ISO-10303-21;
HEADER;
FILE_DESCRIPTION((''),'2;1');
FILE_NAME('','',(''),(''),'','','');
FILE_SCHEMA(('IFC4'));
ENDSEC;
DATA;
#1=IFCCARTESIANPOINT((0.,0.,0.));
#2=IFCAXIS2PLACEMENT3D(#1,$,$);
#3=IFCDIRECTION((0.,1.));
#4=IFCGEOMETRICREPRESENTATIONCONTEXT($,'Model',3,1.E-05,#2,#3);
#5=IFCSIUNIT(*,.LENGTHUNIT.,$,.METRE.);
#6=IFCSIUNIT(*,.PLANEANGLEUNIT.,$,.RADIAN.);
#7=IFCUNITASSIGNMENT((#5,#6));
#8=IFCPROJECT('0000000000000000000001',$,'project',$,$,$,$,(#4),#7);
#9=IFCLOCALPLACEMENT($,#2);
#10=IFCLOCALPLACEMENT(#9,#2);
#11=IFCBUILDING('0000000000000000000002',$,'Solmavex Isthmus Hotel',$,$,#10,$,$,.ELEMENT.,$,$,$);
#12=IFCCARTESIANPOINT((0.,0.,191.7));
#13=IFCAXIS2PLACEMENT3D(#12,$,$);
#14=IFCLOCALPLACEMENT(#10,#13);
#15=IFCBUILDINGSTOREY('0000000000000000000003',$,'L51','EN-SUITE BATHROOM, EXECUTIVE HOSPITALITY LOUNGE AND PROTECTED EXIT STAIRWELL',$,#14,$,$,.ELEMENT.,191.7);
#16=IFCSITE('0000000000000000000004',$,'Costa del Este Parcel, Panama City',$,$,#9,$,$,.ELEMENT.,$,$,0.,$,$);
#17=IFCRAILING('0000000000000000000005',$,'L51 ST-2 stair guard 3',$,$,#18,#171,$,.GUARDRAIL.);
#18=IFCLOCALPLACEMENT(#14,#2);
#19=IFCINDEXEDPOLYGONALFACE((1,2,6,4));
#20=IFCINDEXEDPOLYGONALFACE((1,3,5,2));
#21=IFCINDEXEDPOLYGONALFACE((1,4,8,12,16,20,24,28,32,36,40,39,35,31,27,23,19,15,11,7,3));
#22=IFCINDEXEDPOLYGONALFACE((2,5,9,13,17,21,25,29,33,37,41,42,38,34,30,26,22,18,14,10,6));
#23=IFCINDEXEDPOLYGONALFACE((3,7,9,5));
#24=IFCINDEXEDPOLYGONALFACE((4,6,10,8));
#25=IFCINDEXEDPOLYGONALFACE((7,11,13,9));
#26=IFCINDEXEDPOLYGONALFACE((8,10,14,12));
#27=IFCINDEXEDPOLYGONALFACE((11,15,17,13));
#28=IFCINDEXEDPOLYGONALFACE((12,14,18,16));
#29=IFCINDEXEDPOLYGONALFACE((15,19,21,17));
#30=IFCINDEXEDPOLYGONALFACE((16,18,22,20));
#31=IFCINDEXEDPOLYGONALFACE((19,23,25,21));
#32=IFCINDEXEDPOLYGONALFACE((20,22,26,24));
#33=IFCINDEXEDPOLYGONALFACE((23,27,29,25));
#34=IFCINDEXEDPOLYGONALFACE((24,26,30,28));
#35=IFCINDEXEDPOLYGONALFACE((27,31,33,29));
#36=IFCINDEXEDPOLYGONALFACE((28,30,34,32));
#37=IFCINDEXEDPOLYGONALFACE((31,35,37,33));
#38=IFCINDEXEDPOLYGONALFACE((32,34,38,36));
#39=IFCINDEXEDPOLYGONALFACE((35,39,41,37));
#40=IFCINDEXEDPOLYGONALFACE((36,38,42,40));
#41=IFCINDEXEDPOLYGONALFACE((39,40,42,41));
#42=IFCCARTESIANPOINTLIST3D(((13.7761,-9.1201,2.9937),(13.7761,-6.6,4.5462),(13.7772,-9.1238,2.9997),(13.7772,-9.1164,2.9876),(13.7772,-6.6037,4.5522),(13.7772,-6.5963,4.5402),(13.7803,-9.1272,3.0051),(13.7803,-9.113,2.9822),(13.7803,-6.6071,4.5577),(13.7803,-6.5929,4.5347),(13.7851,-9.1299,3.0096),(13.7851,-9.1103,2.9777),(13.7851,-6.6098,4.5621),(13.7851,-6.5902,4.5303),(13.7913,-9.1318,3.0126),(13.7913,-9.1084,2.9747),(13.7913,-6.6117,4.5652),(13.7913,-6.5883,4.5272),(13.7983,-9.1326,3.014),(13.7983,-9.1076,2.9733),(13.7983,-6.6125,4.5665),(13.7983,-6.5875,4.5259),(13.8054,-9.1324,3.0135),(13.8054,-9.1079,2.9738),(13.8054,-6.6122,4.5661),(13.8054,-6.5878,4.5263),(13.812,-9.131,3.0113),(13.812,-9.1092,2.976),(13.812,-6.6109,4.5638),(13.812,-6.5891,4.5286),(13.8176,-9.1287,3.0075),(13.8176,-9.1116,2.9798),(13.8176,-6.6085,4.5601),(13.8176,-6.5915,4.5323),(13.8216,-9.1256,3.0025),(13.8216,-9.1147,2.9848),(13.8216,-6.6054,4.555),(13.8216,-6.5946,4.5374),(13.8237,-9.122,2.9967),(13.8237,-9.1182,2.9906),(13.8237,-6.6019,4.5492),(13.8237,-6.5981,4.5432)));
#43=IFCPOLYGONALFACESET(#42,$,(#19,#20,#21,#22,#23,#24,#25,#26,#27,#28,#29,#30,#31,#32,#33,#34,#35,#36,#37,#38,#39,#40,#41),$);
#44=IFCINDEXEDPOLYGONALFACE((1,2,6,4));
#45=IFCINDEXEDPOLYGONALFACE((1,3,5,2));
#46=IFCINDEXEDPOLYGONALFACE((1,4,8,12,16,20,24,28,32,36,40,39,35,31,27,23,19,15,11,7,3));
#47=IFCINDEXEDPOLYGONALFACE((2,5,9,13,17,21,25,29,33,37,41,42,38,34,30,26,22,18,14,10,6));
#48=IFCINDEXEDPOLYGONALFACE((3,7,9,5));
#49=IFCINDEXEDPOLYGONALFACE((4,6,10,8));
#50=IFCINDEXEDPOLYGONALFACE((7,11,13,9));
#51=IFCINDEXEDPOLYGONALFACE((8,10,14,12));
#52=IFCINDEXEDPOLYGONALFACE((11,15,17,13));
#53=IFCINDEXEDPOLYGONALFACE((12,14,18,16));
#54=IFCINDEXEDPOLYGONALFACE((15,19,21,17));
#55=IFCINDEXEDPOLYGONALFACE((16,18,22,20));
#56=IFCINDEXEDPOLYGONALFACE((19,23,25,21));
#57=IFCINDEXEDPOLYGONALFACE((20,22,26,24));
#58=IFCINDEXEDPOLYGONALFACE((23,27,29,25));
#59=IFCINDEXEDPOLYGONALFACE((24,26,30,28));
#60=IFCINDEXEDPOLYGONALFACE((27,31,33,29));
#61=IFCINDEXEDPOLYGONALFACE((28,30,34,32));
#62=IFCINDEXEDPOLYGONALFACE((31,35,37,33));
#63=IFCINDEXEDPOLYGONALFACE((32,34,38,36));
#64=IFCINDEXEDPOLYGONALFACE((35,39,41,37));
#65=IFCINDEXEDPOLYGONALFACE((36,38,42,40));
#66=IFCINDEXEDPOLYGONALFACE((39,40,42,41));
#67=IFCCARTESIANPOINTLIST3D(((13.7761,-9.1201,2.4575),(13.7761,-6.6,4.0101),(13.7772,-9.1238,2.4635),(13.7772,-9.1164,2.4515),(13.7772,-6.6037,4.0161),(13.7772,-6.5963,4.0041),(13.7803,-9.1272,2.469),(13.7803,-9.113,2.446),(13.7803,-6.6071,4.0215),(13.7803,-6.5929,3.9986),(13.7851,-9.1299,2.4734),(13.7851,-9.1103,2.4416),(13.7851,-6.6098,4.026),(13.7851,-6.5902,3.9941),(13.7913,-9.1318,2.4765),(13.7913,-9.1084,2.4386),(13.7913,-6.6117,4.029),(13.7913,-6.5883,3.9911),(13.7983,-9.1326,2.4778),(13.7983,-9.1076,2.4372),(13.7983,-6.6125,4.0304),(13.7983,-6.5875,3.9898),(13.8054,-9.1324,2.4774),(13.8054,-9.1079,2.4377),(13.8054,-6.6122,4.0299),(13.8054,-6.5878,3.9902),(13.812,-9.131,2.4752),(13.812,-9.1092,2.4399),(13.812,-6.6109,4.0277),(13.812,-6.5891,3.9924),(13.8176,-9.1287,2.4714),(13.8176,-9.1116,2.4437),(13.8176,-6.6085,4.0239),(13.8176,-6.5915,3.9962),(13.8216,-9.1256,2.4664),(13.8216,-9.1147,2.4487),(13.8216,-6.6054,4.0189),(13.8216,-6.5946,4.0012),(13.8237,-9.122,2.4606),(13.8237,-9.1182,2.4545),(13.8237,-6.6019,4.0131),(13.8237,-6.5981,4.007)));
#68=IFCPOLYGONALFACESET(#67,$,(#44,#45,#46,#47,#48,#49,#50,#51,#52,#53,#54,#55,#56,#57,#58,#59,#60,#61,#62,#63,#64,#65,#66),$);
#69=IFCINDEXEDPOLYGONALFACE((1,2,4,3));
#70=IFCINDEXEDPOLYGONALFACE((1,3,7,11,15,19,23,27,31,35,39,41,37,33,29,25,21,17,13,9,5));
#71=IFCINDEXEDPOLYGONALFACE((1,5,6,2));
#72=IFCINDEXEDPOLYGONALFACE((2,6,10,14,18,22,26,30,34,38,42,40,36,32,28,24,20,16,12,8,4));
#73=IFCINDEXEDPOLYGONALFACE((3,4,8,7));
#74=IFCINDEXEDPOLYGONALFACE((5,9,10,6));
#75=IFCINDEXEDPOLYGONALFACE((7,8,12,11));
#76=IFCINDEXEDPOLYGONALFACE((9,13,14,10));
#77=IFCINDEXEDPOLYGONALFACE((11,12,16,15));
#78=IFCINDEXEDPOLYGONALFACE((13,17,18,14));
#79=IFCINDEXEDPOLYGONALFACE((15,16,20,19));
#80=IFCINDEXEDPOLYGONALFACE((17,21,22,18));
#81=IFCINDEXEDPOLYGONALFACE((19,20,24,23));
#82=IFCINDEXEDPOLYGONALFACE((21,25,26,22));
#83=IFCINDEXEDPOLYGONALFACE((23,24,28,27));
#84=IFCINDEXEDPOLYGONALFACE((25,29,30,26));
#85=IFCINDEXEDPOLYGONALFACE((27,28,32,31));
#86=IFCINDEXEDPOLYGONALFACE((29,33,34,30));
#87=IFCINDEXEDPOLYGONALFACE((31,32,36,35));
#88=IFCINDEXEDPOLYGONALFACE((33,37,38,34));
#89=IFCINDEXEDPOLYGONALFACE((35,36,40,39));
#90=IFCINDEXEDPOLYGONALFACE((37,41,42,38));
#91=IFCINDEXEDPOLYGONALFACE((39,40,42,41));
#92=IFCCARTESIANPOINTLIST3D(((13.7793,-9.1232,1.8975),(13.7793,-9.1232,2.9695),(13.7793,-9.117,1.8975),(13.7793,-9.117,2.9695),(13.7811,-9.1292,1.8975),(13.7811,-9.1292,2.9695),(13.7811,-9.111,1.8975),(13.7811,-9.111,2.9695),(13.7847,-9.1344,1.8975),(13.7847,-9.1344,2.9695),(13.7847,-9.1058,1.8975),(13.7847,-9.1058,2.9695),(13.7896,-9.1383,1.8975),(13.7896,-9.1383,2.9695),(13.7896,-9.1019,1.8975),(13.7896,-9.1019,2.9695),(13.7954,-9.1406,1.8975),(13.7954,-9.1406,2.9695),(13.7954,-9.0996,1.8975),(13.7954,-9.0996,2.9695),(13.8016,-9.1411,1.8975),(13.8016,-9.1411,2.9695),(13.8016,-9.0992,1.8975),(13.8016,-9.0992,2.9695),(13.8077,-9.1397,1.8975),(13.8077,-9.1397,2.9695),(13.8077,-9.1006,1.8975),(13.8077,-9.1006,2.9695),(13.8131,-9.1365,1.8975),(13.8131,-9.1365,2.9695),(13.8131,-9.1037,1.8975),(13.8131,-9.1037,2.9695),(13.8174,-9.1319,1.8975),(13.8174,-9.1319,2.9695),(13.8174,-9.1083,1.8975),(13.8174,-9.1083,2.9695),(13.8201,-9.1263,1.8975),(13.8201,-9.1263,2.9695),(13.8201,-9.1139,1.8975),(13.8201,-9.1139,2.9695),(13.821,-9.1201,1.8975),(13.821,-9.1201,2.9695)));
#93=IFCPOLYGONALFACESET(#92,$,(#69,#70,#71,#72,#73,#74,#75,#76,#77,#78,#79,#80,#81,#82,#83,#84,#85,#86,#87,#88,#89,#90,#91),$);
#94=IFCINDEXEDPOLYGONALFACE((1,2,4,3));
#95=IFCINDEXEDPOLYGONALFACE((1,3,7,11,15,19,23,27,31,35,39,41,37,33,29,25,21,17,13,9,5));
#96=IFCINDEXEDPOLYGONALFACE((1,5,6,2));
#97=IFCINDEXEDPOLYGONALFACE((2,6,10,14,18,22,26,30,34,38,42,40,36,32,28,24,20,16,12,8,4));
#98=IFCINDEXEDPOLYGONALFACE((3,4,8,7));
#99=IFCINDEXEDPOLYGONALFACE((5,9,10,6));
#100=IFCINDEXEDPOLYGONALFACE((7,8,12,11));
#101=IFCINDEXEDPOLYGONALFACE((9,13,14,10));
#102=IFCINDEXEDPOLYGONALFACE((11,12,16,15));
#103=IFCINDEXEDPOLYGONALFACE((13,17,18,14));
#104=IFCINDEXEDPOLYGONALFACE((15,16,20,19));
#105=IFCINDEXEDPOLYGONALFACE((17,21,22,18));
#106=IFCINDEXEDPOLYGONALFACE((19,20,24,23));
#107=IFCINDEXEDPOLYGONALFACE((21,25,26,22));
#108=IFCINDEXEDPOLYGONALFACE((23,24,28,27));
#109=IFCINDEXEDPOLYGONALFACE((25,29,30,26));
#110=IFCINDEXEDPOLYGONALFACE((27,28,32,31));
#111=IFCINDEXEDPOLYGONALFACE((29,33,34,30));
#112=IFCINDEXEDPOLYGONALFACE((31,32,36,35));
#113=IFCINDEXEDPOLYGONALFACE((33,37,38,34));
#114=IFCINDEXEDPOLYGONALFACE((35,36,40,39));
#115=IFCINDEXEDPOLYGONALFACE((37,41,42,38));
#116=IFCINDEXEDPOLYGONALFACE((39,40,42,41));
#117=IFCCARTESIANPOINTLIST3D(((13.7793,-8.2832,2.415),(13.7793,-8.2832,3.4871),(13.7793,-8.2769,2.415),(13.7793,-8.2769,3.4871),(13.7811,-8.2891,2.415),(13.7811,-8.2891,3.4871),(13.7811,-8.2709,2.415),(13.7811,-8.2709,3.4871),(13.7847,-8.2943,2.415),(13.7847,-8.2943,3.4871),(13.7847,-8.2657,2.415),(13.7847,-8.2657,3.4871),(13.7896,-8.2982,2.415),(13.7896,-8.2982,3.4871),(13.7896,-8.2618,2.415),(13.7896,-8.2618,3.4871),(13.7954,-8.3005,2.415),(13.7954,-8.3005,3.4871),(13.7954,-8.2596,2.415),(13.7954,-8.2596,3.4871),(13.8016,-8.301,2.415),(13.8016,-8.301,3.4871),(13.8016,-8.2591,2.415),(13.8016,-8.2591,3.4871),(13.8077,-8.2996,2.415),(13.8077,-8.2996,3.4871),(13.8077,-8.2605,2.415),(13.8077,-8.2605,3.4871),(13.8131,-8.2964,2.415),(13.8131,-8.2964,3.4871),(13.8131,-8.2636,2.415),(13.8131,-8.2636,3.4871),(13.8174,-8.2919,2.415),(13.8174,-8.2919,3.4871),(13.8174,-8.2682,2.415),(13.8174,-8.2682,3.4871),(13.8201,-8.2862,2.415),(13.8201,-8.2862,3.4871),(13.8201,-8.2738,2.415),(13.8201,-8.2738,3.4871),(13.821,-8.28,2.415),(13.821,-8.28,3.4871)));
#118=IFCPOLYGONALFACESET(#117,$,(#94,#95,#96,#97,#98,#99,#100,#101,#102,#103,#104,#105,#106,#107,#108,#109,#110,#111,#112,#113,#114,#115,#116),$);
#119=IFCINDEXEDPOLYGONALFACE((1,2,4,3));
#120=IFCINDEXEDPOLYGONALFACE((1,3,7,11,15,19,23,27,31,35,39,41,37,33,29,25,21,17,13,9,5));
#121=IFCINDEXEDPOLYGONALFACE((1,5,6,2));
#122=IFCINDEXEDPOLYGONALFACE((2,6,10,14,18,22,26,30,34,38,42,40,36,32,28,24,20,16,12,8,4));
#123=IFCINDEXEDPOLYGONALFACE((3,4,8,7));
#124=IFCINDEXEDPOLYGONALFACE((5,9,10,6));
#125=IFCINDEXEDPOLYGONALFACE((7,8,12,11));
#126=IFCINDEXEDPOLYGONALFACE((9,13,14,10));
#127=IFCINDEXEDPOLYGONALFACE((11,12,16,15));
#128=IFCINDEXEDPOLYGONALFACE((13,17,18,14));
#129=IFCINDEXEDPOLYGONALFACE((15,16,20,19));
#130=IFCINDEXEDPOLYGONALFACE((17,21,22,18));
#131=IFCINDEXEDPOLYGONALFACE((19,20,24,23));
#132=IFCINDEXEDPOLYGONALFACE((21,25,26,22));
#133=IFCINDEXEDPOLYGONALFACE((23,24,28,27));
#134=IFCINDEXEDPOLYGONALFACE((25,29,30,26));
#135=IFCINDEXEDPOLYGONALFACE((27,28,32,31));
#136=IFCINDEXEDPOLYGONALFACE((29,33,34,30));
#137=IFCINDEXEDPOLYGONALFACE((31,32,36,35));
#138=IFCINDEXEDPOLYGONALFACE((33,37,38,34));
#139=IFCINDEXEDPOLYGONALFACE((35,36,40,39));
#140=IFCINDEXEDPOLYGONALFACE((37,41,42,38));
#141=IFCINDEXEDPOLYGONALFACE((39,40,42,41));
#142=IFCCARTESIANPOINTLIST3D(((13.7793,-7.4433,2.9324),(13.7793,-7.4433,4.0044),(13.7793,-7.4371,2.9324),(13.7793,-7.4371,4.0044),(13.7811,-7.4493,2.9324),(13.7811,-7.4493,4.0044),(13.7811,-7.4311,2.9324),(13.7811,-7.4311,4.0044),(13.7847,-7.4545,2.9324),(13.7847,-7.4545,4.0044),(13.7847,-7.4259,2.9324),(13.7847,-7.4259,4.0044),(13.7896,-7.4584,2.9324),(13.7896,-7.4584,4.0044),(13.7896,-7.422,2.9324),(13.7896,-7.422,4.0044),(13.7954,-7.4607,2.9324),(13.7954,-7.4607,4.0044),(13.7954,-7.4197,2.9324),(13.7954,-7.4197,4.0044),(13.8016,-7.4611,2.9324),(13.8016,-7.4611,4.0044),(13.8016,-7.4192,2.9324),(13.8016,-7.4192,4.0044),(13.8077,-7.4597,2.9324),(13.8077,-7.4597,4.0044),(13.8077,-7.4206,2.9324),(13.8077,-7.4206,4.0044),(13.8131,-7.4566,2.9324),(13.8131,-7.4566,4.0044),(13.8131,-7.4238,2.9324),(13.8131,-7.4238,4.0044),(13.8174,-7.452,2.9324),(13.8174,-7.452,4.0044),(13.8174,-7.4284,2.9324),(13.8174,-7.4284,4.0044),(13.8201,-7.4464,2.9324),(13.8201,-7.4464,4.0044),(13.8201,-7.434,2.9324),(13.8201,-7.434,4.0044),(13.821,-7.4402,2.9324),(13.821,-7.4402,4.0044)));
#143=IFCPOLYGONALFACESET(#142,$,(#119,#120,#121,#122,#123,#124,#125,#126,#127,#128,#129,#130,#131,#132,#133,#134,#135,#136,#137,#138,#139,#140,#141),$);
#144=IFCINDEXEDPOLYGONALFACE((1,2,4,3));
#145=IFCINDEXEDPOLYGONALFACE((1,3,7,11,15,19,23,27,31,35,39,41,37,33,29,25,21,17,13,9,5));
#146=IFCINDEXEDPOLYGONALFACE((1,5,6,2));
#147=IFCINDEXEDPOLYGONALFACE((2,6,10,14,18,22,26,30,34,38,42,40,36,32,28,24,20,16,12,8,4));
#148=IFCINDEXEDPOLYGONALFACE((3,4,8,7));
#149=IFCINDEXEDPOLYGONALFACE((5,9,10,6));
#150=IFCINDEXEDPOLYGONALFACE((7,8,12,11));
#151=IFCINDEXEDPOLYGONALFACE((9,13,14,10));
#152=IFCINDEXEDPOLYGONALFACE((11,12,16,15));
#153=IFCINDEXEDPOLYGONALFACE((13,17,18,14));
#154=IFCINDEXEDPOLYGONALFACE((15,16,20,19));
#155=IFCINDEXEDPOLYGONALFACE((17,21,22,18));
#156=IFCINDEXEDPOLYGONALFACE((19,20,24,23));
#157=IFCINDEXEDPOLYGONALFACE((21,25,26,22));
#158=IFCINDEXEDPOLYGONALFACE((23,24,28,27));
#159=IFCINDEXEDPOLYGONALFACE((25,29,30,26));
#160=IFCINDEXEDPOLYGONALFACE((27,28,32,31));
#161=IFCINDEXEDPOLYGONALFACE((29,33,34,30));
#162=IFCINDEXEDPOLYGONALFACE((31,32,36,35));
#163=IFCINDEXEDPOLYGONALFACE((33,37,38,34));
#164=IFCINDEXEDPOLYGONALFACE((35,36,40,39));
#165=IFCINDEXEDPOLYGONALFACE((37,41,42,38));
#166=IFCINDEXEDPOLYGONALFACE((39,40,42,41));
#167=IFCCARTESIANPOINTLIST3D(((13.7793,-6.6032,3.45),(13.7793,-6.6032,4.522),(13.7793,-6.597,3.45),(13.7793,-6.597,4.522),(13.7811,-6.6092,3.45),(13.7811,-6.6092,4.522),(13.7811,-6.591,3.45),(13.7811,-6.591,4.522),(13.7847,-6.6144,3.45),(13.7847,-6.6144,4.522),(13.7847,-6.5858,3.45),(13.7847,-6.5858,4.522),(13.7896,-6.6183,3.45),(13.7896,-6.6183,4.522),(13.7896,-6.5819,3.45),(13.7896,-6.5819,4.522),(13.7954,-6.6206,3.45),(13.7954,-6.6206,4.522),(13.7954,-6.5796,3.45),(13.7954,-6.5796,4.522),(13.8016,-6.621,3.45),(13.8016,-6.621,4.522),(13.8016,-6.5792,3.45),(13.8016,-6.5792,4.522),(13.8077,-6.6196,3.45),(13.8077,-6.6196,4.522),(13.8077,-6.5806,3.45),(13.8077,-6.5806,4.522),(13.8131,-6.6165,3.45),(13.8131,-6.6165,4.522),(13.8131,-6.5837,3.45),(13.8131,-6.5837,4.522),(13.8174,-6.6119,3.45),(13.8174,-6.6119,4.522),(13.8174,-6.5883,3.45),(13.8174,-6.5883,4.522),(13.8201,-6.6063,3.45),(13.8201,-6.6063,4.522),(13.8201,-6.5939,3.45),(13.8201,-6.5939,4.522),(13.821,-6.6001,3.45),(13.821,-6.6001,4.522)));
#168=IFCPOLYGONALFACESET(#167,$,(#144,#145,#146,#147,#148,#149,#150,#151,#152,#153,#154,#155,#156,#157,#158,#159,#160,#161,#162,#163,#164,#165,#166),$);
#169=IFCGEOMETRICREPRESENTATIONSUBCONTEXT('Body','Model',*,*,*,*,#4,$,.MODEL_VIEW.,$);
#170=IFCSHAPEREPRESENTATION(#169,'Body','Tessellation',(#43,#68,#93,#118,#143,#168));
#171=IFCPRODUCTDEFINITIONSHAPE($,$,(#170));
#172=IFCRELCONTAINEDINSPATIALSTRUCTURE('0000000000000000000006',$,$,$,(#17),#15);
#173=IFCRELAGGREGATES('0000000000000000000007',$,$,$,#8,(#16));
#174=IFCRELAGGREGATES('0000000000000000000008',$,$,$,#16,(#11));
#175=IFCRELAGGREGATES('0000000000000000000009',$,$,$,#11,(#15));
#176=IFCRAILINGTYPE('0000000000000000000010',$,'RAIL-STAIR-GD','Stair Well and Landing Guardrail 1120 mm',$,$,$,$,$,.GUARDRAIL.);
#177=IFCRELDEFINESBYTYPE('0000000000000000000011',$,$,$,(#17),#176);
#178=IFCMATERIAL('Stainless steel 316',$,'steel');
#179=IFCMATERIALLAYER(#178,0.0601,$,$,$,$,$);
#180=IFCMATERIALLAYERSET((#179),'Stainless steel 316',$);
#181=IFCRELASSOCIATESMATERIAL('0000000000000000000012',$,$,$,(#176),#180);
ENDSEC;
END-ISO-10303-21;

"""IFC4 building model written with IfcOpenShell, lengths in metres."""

from ifc_helpers import new_model, si_unit, direction, frame, origin, origin_2d, place, context, subcontext, project, spatial, circle, extrude, material, layer, layer_set, type_object, element, save


model = new_model("IFC4")

# Units and contexts
model_context = context("Model", 3, precision=1e-05, world=origin(), true_north=direction((0.0, 1.0)))
body_context = subcontext(model_context, "Body", "Model", "MODEL_VIEW")
ifc_project = project(units=[si_unit("LENGTHUNIT", "METRE"), si_unit("PLANEANGLEUNIT", "RADIAN")], contexts=[model_context])

# Site, building, storey
site_placement = place(None, origin())
site = spatial("IfcSite", under=ifc_project, at=site_placement, Name="Costa del Este Parcel, Panama City", CompositionType="ELEMENT", RefElevation=0.0)
building_placement = place(site_placement, origin())
building = spatial("IfcBuilding", under=site, at=building_placement, Name="Solmavex Isthmus Hotel", CompositionType="ELEMENT")
storey_placement = place(building_placement, frame((0.0, 0.0, 191.7)))
storey = spatial("IfcBuildingStorey", under=building, at=storey_placement, Name="L51", Description="EN-SUITE BATHROOM, EXECUTIVE HOSPITALITY LOUNGE AND PROTECTED EXIT STAIRWELL", CompositionType="ELEMENT", Elevation=191.7)

# Railing
ifc_material_1 = material(Name="Stainless steel 316", Category="steel")
ifc_layer_1 = layer(ifc_material_1, 0.0601)
ifc_layer_set_1 = layer_set([ifc_layer_1], Name="Stainless steel 316")
railing_type = type_object("IfcRailingType", Name="RAIL-STAIR-GD", Description="Stair Well and Landing Guardrail 1120 mm", PredefinedType="GUARDRAIL", material=ifc_layer_set_1)
railing_placement = place(storey_placement, frame((13.8, -9.1201, 1.8975)))
element("IfcRailing", 1, at=railing_placement, inside=storey, type_object=railing_type, Name="L51 ST-2 stair guard 3", PredefinedType="GUARDRAIL", context=body_context, shape_type="SweptSolid", body=[
    extrude(circle(Radius=0.0239, at=origin_2d()), frame((0.0, 0.0, 1.0962), z_axis=(0.0, 0.8514, 0.524516), x_axis=(-1.0, 0.0, 0.0)), (0.0, 0.0, 1.0), 2.96),
    extrude(circle(Radius=0.0239, at=origin_2d()), frame((0.0, 0.0, 0.5601), z_axis=(0.0, 0.8514, 0.524516), x_axis=(-1.0, 0.0, 0.0)), (0.0, 0.0, 1.0), 2.96),
    extrude(circle(Radius=0.021, at=origin_2d()), origin(), (0.0, 0.0, 1.0), 1.072),
    extrude(circle(Radius=0.021, at=origin_2d()), frame((0.0, 0.8401, 0.5176)), (0.0, 0.0, 1.0), 1.072),
    extrude(circle(Radius=0.021, at=origin_2d()), frame((0.0, 1.6799, 1.0349)), (0.0, 0.0, 1.0), 1.072),
    extrude(circle(Radius=0.021, at=origin_2d()), frame((0.0, 2.52, 1.5525)), (0.0, 0.0, 1.0), 1.072),
])

save(model, "model.ifc")
